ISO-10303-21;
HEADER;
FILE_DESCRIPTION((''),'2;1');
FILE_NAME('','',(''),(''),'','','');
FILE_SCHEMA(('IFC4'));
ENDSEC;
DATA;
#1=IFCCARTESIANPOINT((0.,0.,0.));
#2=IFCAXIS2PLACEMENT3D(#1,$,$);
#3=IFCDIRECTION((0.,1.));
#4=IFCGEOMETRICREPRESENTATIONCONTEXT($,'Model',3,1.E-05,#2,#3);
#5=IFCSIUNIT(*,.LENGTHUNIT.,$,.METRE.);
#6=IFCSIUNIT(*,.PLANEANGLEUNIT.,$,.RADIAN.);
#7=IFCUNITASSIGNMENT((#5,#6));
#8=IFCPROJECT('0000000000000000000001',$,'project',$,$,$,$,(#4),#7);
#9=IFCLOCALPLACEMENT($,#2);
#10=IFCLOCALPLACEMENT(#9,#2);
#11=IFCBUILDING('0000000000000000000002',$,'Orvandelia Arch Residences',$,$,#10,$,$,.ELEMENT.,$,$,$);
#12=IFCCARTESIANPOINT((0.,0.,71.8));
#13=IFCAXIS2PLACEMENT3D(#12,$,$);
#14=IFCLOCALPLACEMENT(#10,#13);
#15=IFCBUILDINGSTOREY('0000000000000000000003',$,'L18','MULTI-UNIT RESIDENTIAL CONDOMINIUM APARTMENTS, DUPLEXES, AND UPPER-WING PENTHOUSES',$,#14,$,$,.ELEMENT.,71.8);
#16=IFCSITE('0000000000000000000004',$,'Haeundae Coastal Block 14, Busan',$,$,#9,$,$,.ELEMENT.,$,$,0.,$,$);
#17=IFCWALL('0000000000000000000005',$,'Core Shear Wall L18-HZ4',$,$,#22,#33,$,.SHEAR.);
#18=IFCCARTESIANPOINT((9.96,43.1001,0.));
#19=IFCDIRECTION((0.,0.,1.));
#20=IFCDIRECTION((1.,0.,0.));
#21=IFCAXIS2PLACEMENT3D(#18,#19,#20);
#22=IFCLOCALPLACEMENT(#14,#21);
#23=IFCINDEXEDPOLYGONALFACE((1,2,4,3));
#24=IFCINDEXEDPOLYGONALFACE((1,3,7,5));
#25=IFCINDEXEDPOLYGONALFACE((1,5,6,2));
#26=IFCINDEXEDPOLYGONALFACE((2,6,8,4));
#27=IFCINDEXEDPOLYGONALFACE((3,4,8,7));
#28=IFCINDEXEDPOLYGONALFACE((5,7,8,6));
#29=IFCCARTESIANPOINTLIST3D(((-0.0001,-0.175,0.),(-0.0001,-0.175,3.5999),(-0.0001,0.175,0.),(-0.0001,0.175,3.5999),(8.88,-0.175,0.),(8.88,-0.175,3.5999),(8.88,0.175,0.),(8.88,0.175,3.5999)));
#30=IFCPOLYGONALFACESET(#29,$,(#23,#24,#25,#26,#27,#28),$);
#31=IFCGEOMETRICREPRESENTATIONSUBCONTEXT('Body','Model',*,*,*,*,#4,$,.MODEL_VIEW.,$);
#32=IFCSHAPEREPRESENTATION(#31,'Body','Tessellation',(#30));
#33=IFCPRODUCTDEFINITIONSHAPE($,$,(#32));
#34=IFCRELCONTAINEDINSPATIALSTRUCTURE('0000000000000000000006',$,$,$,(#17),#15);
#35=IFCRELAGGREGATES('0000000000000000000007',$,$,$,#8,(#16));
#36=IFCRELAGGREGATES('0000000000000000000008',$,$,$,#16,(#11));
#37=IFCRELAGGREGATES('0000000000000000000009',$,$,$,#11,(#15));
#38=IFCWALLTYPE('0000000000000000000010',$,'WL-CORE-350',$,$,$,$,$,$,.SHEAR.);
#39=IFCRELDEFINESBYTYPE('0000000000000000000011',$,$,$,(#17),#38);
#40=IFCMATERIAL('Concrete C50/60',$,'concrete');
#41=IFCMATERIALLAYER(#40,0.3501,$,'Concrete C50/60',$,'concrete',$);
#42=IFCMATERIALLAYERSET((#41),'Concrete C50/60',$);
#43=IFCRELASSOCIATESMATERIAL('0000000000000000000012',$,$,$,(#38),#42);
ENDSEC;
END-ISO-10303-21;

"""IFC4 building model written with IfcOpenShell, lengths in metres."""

from ifc_helpers import new_model, si_unit, direction, frame, frame_2d, origin, place, context, subcontext, project, spatial, rectangle, extrude, material, layer, layer_set, type_object, element, save


model = new_model("IFC4")

# Units and contexts
model_context = context("Model", 3, precision=1e-05, world=origin(), true_north=direction((0.0, 1.0)))
body_context = subcontext(model_context, "Body", "Model", "MODEL_VIEW")
ifc_project = project(units=[si_unit("LENGTHUNIT", "METRE"), si_unit("PLANEANGLEUNIT", "RADIAN")], contexts=[model_context])

# Site, building, storey
site_placement = place(None, origin())
site = spatial("IfcSite", under=ifc_project, at=site_placement, Name="Haeundae Coastal Block 14, Busan", CompositionType="ELEMENT", RefElevation=0.0)
building_placement = place(site_placement, origin())
building = spatial("IfcBuilding", under=site, at=building_placement, Name="Orvandelia Arch Residences", CompositionType="ELEMENT")
storey_placement = place(building_placement, frame((0.0, 0.0, 71.8)))
storey = spatial("IfcBuildingStorey", under=building, at=storey_placement, Name="L18", Description="MULTI-UNIT RESIDENTIAL CONDOMINIUM APARTMENTS, DUPLEXES, AND UPPER-WING PENTHOUSES", CompositionType="ELEMENT", Elevation=71.8)

# Wall
ifc_material_1 = material(Name="Concrete C50/60", Category="concrete")
ifc_layer_1 = layer(ifc_material_1, 0.3501, Name="Concrete C50/60", Category="concrete")
ifc_layer_set_1 = layer_set([ifc_layer_1], Name="Concrete C50/60")
wall_type_1 = type_object("IfcWallType", Name="WL-CORE-350", PredefinedType="SHEAR", material=ifc_layer_set_1)
wall_1_placement = place(storey_placement, frame((9.96, 43.1001, 0.0), z_axis=(0.0, 0.0, 1.0), x_axis=(1.0, 0.0, 0.0)))
element("IfcWall", 1, at=wall_1_placement, inside=storey, type_object=wall_type_1, Name="Core Shear Wall L18-HZ4", PredefinedType="SHEAR", context=body_context, shape_type="SweptSolid", body=[
    extrude(rectangle(XDim=8.8801, YDim=0.3501, at=frame_2d((4.4399, 0.0))), origin(), (0.0, 0.0, 1.0), 3.5999),
])

save(model, "model.ifc")
